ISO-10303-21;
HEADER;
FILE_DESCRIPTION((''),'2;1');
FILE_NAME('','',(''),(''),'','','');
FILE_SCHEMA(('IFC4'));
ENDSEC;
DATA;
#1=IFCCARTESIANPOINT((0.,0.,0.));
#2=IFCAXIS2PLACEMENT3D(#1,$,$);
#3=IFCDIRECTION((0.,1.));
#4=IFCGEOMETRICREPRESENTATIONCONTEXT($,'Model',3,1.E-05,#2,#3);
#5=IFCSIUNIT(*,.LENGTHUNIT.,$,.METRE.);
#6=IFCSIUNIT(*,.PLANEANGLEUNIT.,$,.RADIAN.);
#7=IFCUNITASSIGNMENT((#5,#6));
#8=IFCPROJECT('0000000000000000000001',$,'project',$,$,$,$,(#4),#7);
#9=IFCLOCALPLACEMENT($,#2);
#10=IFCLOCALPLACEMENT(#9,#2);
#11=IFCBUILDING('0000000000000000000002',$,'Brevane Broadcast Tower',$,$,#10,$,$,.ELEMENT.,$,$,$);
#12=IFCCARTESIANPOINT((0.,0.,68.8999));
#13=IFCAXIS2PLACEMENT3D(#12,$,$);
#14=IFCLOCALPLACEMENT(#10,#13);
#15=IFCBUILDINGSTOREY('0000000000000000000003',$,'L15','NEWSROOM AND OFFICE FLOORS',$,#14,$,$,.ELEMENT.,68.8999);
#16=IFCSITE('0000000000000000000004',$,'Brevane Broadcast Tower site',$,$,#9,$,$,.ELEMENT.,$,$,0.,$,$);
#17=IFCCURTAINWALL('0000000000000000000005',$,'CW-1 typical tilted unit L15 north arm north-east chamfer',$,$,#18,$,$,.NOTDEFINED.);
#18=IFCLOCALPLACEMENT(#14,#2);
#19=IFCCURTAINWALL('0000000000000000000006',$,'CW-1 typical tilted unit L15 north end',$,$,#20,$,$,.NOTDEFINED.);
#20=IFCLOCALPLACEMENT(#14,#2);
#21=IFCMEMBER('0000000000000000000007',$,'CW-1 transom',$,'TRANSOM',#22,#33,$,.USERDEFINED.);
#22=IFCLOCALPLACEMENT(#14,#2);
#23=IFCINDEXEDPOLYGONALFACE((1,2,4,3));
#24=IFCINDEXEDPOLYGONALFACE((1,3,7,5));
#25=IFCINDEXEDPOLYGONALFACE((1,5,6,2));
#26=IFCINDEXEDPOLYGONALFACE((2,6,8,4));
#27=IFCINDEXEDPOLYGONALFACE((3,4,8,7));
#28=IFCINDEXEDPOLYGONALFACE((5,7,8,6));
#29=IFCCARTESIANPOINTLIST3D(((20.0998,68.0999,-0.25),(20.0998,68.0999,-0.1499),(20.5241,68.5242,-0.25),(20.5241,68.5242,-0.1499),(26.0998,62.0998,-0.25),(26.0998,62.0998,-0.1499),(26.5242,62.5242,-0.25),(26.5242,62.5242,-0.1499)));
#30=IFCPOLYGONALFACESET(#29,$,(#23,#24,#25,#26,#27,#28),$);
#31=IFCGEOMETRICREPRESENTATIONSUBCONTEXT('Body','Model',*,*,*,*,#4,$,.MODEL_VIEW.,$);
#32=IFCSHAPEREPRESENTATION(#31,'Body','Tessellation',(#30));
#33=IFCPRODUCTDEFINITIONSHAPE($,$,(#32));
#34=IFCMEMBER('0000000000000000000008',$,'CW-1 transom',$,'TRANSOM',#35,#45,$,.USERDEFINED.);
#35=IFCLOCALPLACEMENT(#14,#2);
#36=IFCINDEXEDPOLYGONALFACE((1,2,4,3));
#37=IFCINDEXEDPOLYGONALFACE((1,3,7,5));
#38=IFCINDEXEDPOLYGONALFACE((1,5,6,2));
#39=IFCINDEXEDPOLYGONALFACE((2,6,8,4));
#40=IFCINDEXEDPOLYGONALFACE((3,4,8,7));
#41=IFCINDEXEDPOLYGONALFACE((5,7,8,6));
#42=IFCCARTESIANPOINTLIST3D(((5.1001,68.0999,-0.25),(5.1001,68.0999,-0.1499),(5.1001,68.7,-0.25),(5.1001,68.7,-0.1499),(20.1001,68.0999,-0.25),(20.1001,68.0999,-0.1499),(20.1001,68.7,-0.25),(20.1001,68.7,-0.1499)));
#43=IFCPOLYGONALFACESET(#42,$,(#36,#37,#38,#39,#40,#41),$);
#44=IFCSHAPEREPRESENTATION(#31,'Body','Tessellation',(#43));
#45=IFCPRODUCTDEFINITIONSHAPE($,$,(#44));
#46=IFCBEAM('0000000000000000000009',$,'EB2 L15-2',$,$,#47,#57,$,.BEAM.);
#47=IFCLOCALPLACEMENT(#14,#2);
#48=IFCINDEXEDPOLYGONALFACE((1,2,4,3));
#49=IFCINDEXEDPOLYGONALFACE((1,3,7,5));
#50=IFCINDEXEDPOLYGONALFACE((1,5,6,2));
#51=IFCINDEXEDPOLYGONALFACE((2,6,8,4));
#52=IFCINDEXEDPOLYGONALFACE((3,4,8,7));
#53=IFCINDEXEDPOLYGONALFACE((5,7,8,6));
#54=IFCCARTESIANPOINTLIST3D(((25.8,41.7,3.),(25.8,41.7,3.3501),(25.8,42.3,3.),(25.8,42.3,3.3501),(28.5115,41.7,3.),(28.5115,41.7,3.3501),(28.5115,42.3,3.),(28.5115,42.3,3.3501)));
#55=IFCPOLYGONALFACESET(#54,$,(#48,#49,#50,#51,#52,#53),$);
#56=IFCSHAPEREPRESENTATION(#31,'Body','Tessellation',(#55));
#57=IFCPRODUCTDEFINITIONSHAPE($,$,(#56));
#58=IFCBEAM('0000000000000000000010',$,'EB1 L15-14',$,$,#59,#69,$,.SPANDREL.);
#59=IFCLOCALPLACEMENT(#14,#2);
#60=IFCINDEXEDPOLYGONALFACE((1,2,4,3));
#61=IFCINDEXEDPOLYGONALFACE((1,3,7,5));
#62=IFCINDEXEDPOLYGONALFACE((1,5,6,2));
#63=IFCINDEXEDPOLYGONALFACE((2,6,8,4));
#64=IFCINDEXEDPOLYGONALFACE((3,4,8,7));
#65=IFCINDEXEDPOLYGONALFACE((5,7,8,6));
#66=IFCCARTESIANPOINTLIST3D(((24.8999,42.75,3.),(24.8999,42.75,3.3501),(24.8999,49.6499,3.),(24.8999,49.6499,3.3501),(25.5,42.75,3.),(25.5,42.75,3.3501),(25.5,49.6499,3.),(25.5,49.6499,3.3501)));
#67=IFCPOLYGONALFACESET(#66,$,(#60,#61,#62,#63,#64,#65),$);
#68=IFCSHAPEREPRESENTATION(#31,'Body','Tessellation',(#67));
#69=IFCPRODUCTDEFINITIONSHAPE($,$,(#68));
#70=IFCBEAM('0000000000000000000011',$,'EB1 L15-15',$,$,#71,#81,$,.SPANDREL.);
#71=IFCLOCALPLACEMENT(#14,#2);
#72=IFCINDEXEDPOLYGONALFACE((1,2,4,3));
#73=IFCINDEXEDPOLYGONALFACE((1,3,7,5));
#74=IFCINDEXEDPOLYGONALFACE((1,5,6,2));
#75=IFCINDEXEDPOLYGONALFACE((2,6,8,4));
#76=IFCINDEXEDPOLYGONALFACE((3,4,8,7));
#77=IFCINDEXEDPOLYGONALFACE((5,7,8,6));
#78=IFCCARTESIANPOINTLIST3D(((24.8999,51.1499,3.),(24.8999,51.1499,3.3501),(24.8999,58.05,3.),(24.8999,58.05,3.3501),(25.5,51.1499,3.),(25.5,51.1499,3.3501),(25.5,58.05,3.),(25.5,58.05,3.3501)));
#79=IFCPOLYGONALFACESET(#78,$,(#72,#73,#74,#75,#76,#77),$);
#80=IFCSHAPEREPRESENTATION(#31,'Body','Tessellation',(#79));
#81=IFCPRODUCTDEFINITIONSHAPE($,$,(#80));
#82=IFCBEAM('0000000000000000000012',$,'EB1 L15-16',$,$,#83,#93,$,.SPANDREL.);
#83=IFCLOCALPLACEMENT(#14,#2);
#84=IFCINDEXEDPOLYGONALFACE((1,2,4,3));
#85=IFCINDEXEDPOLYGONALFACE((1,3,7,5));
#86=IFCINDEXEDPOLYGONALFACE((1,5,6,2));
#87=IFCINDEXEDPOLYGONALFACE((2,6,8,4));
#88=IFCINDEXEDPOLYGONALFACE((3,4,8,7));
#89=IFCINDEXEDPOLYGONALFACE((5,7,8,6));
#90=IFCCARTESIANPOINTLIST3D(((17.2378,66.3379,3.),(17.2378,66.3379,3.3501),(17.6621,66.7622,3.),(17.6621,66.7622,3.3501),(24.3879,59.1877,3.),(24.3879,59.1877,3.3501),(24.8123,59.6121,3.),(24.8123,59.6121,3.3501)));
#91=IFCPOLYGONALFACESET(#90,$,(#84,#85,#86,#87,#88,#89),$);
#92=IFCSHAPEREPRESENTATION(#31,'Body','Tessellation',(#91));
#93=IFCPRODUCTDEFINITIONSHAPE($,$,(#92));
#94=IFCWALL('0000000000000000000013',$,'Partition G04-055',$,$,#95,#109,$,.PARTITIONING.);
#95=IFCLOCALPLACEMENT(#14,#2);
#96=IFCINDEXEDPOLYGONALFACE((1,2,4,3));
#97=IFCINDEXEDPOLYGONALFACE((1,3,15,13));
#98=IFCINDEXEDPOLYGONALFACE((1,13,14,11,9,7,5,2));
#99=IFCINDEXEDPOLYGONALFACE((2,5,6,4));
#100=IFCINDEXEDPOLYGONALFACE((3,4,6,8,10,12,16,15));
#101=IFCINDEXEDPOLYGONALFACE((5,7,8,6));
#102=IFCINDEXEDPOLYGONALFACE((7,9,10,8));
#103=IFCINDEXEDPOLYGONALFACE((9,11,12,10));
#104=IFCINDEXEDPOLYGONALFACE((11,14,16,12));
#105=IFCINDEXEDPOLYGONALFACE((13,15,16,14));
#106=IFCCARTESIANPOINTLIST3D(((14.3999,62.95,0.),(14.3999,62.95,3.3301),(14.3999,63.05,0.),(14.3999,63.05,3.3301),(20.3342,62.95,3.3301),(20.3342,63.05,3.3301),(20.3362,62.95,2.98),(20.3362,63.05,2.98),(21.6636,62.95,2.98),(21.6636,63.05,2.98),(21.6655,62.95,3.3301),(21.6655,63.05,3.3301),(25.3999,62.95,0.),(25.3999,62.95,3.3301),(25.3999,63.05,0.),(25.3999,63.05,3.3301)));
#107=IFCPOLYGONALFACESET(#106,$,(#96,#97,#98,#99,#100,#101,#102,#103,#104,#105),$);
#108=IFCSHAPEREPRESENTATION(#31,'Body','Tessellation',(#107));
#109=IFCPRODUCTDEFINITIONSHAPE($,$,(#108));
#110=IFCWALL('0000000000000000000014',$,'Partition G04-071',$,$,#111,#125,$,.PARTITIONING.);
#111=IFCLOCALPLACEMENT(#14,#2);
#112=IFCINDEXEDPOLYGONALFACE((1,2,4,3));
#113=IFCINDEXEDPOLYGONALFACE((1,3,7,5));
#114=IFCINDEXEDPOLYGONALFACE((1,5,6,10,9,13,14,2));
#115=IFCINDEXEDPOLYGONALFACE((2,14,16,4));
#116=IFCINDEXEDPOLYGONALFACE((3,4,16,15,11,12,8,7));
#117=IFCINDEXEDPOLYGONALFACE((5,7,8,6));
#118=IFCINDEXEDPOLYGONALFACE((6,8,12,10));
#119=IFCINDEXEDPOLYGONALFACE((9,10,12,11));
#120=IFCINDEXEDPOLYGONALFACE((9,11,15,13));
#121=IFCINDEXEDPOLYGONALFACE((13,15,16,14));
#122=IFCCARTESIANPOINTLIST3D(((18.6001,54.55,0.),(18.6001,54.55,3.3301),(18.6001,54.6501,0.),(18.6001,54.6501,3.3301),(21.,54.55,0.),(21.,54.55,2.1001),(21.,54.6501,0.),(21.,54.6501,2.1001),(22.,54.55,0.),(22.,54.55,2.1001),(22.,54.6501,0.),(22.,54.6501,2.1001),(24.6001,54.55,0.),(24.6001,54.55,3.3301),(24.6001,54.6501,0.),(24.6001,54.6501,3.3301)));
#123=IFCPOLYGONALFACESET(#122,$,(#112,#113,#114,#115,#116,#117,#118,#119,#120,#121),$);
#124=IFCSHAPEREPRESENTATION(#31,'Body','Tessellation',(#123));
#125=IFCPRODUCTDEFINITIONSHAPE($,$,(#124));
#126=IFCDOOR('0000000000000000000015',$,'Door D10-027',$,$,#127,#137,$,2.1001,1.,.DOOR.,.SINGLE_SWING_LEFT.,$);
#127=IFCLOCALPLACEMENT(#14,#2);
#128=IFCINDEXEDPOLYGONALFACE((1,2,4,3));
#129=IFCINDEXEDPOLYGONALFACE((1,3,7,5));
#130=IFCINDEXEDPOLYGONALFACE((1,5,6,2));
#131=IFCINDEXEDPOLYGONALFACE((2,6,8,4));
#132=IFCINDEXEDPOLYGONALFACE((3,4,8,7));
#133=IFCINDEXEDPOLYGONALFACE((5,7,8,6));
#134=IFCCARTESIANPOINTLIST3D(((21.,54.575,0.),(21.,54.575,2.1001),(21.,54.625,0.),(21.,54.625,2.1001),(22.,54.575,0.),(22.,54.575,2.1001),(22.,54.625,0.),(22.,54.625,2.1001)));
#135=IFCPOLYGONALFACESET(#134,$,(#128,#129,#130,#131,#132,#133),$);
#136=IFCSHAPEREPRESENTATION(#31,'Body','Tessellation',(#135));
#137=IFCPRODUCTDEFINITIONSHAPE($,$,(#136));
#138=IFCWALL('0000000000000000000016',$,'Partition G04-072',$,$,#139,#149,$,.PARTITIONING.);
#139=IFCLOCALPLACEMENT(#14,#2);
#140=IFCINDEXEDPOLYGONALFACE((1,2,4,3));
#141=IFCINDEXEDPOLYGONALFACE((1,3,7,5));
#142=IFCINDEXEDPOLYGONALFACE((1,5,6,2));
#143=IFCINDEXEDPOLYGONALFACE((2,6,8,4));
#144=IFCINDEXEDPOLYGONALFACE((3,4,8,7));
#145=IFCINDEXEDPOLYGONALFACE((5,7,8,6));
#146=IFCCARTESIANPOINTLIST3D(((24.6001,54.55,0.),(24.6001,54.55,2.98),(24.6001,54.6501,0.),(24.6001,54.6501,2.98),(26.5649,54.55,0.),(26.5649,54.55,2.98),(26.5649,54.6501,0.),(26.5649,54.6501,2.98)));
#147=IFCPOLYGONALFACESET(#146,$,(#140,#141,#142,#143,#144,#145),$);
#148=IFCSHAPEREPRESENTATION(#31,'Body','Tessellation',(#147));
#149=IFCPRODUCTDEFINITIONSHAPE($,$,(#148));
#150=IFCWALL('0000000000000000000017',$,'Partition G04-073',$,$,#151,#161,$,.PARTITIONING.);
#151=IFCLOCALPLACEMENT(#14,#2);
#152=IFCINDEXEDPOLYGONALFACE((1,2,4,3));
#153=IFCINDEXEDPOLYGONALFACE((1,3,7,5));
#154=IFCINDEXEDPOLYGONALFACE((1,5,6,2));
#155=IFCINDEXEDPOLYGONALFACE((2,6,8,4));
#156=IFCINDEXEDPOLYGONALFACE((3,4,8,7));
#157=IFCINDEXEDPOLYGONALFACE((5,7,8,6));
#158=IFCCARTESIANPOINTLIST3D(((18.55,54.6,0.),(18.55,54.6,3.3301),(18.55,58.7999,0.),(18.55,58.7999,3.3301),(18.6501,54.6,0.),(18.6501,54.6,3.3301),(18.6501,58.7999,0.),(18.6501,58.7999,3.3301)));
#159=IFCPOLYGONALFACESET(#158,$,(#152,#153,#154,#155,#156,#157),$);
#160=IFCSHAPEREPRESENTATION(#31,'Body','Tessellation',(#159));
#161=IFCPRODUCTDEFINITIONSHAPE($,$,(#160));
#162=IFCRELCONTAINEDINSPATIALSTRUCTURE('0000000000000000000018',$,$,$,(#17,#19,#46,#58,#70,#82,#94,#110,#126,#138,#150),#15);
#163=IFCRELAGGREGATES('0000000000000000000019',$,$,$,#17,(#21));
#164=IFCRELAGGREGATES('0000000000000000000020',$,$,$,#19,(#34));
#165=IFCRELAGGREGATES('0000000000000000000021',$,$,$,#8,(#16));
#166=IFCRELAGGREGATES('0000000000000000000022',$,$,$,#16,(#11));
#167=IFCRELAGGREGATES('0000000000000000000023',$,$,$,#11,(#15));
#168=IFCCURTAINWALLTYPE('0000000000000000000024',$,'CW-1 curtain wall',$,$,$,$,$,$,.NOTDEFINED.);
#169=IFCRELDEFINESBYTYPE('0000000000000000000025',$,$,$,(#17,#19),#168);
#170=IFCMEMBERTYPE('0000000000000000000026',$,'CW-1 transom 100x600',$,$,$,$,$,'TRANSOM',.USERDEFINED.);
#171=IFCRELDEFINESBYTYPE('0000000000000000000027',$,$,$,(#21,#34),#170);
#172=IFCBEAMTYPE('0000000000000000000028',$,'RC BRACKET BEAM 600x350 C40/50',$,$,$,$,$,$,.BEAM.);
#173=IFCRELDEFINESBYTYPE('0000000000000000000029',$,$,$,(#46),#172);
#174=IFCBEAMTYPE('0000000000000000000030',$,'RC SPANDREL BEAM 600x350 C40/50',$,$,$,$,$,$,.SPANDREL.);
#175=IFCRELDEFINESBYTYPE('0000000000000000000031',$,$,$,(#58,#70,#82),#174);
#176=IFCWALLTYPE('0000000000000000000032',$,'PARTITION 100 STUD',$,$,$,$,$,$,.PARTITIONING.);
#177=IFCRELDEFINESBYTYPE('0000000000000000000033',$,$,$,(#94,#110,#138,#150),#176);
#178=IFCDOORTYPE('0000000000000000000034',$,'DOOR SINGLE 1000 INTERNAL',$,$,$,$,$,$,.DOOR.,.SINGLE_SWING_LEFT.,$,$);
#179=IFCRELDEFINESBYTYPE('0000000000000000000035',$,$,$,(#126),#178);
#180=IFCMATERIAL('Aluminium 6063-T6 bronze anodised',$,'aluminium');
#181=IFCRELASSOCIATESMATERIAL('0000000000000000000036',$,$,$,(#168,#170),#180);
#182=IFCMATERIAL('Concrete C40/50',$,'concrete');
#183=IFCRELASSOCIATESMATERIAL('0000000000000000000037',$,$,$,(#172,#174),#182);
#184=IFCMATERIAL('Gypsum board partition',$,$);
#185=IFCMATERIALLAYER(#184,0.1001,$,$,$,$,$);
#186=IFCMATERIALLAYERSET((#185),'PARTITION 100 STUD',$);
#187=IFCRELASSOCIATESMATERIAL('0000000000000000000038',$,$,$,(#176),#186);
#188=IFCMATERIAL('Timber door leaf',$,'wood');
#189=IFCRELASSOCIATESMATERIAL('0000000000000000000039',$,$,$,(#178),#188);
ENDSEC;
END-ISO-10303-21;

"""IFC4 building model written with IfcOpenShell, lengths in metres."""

from ifc_helpers import new_model, si_unit, direction, frame, frame_2d, origin, origin_2d, place, context, subcontext, project, spatial, polyline, rectangle, outline, extrude, material, layer, layer_set, material_profile, profile_set, type_object, element, fill, aggregate, save


model = new_model("IFC4")

# Units and contexts
model_context = context("Model", 3, precision=1e-05, world=origin(), true_north=direction((0.0, 1.0)))
body_context = subcontext(model_context, "Body", "Model", "MODEL_VIEW")
ifc_project = project(units=[si_unit("LENGTHUNIT", "METRE"), si_unit("PLANEANGLEUNIT", "RADIAN")], contexts=[model_context])

# Site, building, storey
site_placement = place(None, origin())
site = spatial("IfcSite", under=ifc_project, at=site_placement, Name="Brevane Broadcast Tower site", CompositionType="ELEMENT", RefElevation=0.0)
building_placement = place(site_placement, origin())
building = spatial("IfcBuilding", under=site, at=building_placement, Name="Brevane Broadcast Tower", CompositionType="ELEMENT")
storey_placement = place(building_placement, frame((0.0, 0.0, 68.8999)))
storey = spatial("IfcBuildingStorey", under=building, at=storey_placement, Name="L15", Description="NEWSROOM AND OFFICE FLOORS", CompositionType="ELEMENT", Elevation=68.8999)

# Shared definitions
ifc_material_1 = material(Name="Aluminium 6063-T6 bronze anodised", Category="aluminium")
curtain_wall_type = type_object("IfcCurtainWallType", Name="CW-1 curtain wall", PredefinedType="NOTDEFINED", material=ifc_material_1)

# Curtain wall
curtain_wall_1_placement = place(storey_placement, origin())
curtain_wall_1 = element("IfcCurtainWall", 1, at=curtain_wall_1_placement, inside=storey, type_object=curtain_wall_type, Name="CW-1 typical tilted unit L15 north arm north-east chamfer", PredefinedType="NOTDEFINED")

# Curtain wall
curtain_wall_2_placement = place(storey_placement, origin())
curtain_wall_2 = element("IfcCurtainWall", 2, at=curtain_wall_2_placement, inside=storey, type_object=curtain_wall_type, Name="CW-1 typical tilted unit L15 north end", PredefinedType="NOTDEFINED")

# Members
ifc_material_profile_1 = material_profile(ifc_material_1, rectangle(XDim=0.6001, YDim=0.1001, at=origin_2d()), Name="RECT 100x600")
ifc_profile_set_1 = profile_set([ifc_material_profile_1], Name="Aluminium 6063-T6 bronze anodised")
member_type_1 = type_object("IfcMemberType", Name="CW-1 transom 100x600", ElementType="TRANSOM", PredefinedType="USERDEFINED", material=ifc_profile_set_1)
member_1_placement = place(storey_placement, frame((26.312, 62.312, -0.2), z_axis=(-0.707107, 0.707107, 0.0), x_axis=(-0.707107, -0.707107, 0.0)))
member_1 = element("IfcMember", 3, at=member_1_placement, type_object=member_type_1, Name="CW-1 transom", ObjectType="TRANSOM", PredefinedType="USERDEFINED", context=body_context, shape_type="SweptSolid", body=[
    extrude(rectangle(XDim=0.6001, YDim=0.1001, at=origin_2d()), origin(), (0.0, 0.0, 1.0), 8.4854),
])
aggregate(curtain_wall_1, [member_1])
member_2_placement = place(storey_placement, frame((20.1001, 68.3999, -0.2), z_axis=(-1.0, 0.0, 0.0), x_axis=(0.0, -1.0, 0.0)))
member_2 = element("IfcMember", 4, at=member_2_placement, type_object=member_type_1, Name="CW-1 transom", ObjectType="TRANSOM", PredefinedType="USERDEFINED", context=body_context, shape_type="SweptSolid", body=[
    extrude(rectangle(XDim=0.6001, YDim=0.1001, at=origin_2d()), origin(), (0.0, 0.0, 1.0), 15.0),
])
aggregate(curtain_wall_2, [member_2])

# Beams
ifc_material_2 = material(Name="Concrete C40/50", Category="concrete")
ifc_material_profile_2 = material_profile(ifc_material_2, rectangle(XDim=0.6001, YDim=0.3501, at=origin_2d()), Name="RC 600x350")
ifc_profile_set_2 = profile_set([ifc_material_profile_2], Name="Concrete C40/50")
beam_type_1 = type_object("IfcBeamType", Name="RC BRACKET BEAM 600x350 C40/50", PredefinedType="BEAM", material=ifc_profile_set_2)
beam_1_placement = place(storey_placement, frame((25.8, 42.0, 3.175), z_axis=(1.0, 0.0, 0.0), x_axis=(0.0, 1.0, 0.0)))
element("IfcBeam", 5, at=beam_1_placement, inside=storey, type_object=beam_type_1, Name="EB2 L15-2", PredefinedType="BEAM", context=body_context, shape_type="SweptSolid", body=[
    extrude(rectangle(XDim=0.6001, YDim=0.3501, at=origin_2d()), origin(), (0.0, 0.0, 1.0), 2.7114),
])
ifc_material_profile_3 = material_profile(ifc_material_2, rectangle(XDim=0.6001, YDim=0.3501, at=origin_2d()), Name="RC 600x350")
ifc_profile_set_3 = profile_set([ifc_material_profile_3], Name="Concrete C40/50")
beam_type_2 = type_object("IfcBeamType", Name="RC SPANDREL BEAM 600x350 C40/50", PredefinedType="SPANDREL", material=ifc_profile_set_3)
beam_2_placement = place(storey_placement, frame((25.2, 42.75, 3.175), z_axis=(0.0, 1.0, 0.0), x_axis=(-1.0, 0.0, 0.0)))
element("IfcBeam", 6, at=beam_2_placement, inside=storey, type_object=beam_type_2, Name="EB1 L15-14", PredefinedType="SPANDREL", context=body_context, shape_type="SweptSolid", body=[
    extrude(rectangle(XDim=0.6001, YDim=0.3501, at=origin_2d()), origin(), (0.0, 0.0, 1.0), 6.8999),
])
beam_3_placement = place(storey_placement, frame((25.2, 51.1499, 3.175), z_axis=(0.0, 1.0, 0.0), x_axis=(-1.0, 0.0, 0.0)))
element("IfcBeam", 7, at=beam_3_placement, inside=storey, type_object=beam_type_2, Name="EB1 L15-15", PredefinedType="SPANDREL", context=body_context, shape_type="SweptSolid", body=[
    extrude(rectangle(XDim=0.6001, YDim=0.3501, at=origin_2d()), origin(), (0.0, 0.0, 1.0), 6.9001),
])
beam_4_placement = place(storey_placement, frame((24.6001, 59.3999, 3.175), z_axis=(-0.707107, 0.707107, 0.0), x_axis=(-0.707107, -0.707107, 0.0)))
element("IfcBeam", 8, at=beam_4_placement, inside=storey, type_object=beam_type_2, Name="EB1 L15-16", PredefinedType="SPANDREL", context=body_context, shape_type="SweptSolid", body=[
    extrude(rectangle(XDim=0.6001, YDim=0.3501, at=origin_2d()), origin(), (0.0, 0.0, 1.0), 10.1118),
])

# Wall
ifc_material_3 = material(Name="Gypsum board partition")
ifc_layer_1 = layer(ifc_material_3, 0.1001)
ifc_layer_set_1 = layer_set([ifc_layer_1], Name="PARTITION 100 STUD")
wall_type_1 = type_object("IfcWallType", Name="PARTITION 100 STUD", PredefinedType="PARTITIONING", material=ifc_layer_set_1)
wall_1_placement = place(storey_placement, frame((25.3999, 63.0, 0.0), z_axis=(0.0, 0.0, 1.0), x_axis=(-1.0, 0.0, 0.0)))
element("IfcWall", 9, at=wall_1_placement, inside=storey, type_object=wall_type_1, Name="Partition G04-055", PredefinedType="PARTITIONING", context=body_context, shape_type="SweptSolid", body=[
    extrude(outline(polyline([(0.0, 0.0), (11.0, 0.0), (11.0, 3.3301), (5.0657, 3.3301), (5.0637, 2.98), (3.7363, 2.98), (3.7344, 3.3301), (0.0, 3.3301), (0.0, 0.0)])), frame((0.0, 0.05, 0.0), z_axis=(0.0, -1.0, 0.0), x_axis=(1.0, 0.0, 0.0)), (0.0, 0.0, 1.0), 0.1001),
])

# Wall, opening, door
wall_2_placement = place(storey_placement, frame((18.6001, 54.6001, 0.0), z_axis=(0.0, 0.0, 1.0), x_axis=(1.0, 0.0, 0.0)))
wall_2 = element("IfcWall", 10, at=wall_2_placement, inside=storey, type_object=wall_type_1, Name="Partition G04-071", PredefinedType="PARTITIONING", context=body_context, shape_type="SweptSolid", body=[
    extrude(rectangle(XDim=6.0, YDim=0.1001, at=frame_2d((3.0, 0.0))), origin(), (0.0, 0.0, 1.0), 3.3301),
])
opening_1_placement = place(wall_2_placement, frame((2.3999, 0.0, 0.0)))
opening_1 = element("IfcOpeningElement", 11, at=opening_1_placement, cuts=wall_2, PredefinedType="OPENING", context=body_context, shape_type="SweptSolid", body=[
    extrude(rectangle(XDim=1.0, YDim=2.1001, at=frame_2d((0.5, 1.05))), frame((0.0, 0.0601, 0.0), z_axis=(0.0, -1.0, 0.0), x_axis=(1.0, 0.0, 0.0)), (0.0, 0.0, 1.0), 0.1201),
])
ifc_material_4 = material(Name="Timber door leaf", Category="wood")
door_type_1 = type_object("IfcDoorType", Name="DOOR SINGLE 1000 INTERNAL", OperationType="SINGLE_SWING_LEFT", PredefinedType="DOOR", material=ifc_material_4)
door_1_placement = place(opening_1_placement, origin())
door_1 = element("IfcDoor", 12, at=door_1_placement, inside=storey, type_object=door_type_1, Name="Door D10-027", OperationType="SINGLE_SWING_LEFT", OverallHeight=2.1001, OverallWidth=1.0, PredefinedType="DOOR", context=body_context, shape_type="SweptSolid", body=[
    extrude(rectangle(XDim=1.0, YDim=2.1001, at=frame_2d((0.5, 1.05))), frame((0.0, 0.0249, 0.0), z_axis=(0.0, -1.0, 0.0), x_axis=(1.0, 0.0, 0.0)), (0.0, 0.0, 1.0), 0.05),
])
fill(opening_1, door_1)

# Walls
wall_3_placement = place(storey_placement, frame((24.6001, 54.6001, 0.0), z_axis=(0.0, 0.0, 1.0), x_axis=(1.0, 0.0, 0.0)))
element("IfcWall", 13, at=wall_3_placement, inside=storey, type_object=wall_type_1, Name="Partition G04-072", PredefinedType="PARTITIONING", context=body_context, shape_type="SweptSolid", body=[
    extrude(rectangle(XDim=1.9648, YDim=0.1001, at=frame_2d((0.9824, 0.0))), origin(), (0.0, 0.0, 1.0), 2.98),
])
wall_4_placement = place(storey_placement, frame((18.6001, 58.8, 0.0), z_axis=(0.0, 0.0, 1.0), x_axis=(0.0, -1.0, 0.0)))
element("IfcWall", 14, at=wall_4_placement, inside=storey, type_object=wall_type_1, Name="Partition G04-073", PredefinedType="PARTITIONING", context=body_context, shape_type="SweptSolid", body=[
    extrude(rectangle(XDim=4.2, YDim=0.1001, at=frame_2d((2.1001, 0.0))), origin(), (0.0, 0.0, 1.0), 3.3301),
])

save(model, "model.ifc")
